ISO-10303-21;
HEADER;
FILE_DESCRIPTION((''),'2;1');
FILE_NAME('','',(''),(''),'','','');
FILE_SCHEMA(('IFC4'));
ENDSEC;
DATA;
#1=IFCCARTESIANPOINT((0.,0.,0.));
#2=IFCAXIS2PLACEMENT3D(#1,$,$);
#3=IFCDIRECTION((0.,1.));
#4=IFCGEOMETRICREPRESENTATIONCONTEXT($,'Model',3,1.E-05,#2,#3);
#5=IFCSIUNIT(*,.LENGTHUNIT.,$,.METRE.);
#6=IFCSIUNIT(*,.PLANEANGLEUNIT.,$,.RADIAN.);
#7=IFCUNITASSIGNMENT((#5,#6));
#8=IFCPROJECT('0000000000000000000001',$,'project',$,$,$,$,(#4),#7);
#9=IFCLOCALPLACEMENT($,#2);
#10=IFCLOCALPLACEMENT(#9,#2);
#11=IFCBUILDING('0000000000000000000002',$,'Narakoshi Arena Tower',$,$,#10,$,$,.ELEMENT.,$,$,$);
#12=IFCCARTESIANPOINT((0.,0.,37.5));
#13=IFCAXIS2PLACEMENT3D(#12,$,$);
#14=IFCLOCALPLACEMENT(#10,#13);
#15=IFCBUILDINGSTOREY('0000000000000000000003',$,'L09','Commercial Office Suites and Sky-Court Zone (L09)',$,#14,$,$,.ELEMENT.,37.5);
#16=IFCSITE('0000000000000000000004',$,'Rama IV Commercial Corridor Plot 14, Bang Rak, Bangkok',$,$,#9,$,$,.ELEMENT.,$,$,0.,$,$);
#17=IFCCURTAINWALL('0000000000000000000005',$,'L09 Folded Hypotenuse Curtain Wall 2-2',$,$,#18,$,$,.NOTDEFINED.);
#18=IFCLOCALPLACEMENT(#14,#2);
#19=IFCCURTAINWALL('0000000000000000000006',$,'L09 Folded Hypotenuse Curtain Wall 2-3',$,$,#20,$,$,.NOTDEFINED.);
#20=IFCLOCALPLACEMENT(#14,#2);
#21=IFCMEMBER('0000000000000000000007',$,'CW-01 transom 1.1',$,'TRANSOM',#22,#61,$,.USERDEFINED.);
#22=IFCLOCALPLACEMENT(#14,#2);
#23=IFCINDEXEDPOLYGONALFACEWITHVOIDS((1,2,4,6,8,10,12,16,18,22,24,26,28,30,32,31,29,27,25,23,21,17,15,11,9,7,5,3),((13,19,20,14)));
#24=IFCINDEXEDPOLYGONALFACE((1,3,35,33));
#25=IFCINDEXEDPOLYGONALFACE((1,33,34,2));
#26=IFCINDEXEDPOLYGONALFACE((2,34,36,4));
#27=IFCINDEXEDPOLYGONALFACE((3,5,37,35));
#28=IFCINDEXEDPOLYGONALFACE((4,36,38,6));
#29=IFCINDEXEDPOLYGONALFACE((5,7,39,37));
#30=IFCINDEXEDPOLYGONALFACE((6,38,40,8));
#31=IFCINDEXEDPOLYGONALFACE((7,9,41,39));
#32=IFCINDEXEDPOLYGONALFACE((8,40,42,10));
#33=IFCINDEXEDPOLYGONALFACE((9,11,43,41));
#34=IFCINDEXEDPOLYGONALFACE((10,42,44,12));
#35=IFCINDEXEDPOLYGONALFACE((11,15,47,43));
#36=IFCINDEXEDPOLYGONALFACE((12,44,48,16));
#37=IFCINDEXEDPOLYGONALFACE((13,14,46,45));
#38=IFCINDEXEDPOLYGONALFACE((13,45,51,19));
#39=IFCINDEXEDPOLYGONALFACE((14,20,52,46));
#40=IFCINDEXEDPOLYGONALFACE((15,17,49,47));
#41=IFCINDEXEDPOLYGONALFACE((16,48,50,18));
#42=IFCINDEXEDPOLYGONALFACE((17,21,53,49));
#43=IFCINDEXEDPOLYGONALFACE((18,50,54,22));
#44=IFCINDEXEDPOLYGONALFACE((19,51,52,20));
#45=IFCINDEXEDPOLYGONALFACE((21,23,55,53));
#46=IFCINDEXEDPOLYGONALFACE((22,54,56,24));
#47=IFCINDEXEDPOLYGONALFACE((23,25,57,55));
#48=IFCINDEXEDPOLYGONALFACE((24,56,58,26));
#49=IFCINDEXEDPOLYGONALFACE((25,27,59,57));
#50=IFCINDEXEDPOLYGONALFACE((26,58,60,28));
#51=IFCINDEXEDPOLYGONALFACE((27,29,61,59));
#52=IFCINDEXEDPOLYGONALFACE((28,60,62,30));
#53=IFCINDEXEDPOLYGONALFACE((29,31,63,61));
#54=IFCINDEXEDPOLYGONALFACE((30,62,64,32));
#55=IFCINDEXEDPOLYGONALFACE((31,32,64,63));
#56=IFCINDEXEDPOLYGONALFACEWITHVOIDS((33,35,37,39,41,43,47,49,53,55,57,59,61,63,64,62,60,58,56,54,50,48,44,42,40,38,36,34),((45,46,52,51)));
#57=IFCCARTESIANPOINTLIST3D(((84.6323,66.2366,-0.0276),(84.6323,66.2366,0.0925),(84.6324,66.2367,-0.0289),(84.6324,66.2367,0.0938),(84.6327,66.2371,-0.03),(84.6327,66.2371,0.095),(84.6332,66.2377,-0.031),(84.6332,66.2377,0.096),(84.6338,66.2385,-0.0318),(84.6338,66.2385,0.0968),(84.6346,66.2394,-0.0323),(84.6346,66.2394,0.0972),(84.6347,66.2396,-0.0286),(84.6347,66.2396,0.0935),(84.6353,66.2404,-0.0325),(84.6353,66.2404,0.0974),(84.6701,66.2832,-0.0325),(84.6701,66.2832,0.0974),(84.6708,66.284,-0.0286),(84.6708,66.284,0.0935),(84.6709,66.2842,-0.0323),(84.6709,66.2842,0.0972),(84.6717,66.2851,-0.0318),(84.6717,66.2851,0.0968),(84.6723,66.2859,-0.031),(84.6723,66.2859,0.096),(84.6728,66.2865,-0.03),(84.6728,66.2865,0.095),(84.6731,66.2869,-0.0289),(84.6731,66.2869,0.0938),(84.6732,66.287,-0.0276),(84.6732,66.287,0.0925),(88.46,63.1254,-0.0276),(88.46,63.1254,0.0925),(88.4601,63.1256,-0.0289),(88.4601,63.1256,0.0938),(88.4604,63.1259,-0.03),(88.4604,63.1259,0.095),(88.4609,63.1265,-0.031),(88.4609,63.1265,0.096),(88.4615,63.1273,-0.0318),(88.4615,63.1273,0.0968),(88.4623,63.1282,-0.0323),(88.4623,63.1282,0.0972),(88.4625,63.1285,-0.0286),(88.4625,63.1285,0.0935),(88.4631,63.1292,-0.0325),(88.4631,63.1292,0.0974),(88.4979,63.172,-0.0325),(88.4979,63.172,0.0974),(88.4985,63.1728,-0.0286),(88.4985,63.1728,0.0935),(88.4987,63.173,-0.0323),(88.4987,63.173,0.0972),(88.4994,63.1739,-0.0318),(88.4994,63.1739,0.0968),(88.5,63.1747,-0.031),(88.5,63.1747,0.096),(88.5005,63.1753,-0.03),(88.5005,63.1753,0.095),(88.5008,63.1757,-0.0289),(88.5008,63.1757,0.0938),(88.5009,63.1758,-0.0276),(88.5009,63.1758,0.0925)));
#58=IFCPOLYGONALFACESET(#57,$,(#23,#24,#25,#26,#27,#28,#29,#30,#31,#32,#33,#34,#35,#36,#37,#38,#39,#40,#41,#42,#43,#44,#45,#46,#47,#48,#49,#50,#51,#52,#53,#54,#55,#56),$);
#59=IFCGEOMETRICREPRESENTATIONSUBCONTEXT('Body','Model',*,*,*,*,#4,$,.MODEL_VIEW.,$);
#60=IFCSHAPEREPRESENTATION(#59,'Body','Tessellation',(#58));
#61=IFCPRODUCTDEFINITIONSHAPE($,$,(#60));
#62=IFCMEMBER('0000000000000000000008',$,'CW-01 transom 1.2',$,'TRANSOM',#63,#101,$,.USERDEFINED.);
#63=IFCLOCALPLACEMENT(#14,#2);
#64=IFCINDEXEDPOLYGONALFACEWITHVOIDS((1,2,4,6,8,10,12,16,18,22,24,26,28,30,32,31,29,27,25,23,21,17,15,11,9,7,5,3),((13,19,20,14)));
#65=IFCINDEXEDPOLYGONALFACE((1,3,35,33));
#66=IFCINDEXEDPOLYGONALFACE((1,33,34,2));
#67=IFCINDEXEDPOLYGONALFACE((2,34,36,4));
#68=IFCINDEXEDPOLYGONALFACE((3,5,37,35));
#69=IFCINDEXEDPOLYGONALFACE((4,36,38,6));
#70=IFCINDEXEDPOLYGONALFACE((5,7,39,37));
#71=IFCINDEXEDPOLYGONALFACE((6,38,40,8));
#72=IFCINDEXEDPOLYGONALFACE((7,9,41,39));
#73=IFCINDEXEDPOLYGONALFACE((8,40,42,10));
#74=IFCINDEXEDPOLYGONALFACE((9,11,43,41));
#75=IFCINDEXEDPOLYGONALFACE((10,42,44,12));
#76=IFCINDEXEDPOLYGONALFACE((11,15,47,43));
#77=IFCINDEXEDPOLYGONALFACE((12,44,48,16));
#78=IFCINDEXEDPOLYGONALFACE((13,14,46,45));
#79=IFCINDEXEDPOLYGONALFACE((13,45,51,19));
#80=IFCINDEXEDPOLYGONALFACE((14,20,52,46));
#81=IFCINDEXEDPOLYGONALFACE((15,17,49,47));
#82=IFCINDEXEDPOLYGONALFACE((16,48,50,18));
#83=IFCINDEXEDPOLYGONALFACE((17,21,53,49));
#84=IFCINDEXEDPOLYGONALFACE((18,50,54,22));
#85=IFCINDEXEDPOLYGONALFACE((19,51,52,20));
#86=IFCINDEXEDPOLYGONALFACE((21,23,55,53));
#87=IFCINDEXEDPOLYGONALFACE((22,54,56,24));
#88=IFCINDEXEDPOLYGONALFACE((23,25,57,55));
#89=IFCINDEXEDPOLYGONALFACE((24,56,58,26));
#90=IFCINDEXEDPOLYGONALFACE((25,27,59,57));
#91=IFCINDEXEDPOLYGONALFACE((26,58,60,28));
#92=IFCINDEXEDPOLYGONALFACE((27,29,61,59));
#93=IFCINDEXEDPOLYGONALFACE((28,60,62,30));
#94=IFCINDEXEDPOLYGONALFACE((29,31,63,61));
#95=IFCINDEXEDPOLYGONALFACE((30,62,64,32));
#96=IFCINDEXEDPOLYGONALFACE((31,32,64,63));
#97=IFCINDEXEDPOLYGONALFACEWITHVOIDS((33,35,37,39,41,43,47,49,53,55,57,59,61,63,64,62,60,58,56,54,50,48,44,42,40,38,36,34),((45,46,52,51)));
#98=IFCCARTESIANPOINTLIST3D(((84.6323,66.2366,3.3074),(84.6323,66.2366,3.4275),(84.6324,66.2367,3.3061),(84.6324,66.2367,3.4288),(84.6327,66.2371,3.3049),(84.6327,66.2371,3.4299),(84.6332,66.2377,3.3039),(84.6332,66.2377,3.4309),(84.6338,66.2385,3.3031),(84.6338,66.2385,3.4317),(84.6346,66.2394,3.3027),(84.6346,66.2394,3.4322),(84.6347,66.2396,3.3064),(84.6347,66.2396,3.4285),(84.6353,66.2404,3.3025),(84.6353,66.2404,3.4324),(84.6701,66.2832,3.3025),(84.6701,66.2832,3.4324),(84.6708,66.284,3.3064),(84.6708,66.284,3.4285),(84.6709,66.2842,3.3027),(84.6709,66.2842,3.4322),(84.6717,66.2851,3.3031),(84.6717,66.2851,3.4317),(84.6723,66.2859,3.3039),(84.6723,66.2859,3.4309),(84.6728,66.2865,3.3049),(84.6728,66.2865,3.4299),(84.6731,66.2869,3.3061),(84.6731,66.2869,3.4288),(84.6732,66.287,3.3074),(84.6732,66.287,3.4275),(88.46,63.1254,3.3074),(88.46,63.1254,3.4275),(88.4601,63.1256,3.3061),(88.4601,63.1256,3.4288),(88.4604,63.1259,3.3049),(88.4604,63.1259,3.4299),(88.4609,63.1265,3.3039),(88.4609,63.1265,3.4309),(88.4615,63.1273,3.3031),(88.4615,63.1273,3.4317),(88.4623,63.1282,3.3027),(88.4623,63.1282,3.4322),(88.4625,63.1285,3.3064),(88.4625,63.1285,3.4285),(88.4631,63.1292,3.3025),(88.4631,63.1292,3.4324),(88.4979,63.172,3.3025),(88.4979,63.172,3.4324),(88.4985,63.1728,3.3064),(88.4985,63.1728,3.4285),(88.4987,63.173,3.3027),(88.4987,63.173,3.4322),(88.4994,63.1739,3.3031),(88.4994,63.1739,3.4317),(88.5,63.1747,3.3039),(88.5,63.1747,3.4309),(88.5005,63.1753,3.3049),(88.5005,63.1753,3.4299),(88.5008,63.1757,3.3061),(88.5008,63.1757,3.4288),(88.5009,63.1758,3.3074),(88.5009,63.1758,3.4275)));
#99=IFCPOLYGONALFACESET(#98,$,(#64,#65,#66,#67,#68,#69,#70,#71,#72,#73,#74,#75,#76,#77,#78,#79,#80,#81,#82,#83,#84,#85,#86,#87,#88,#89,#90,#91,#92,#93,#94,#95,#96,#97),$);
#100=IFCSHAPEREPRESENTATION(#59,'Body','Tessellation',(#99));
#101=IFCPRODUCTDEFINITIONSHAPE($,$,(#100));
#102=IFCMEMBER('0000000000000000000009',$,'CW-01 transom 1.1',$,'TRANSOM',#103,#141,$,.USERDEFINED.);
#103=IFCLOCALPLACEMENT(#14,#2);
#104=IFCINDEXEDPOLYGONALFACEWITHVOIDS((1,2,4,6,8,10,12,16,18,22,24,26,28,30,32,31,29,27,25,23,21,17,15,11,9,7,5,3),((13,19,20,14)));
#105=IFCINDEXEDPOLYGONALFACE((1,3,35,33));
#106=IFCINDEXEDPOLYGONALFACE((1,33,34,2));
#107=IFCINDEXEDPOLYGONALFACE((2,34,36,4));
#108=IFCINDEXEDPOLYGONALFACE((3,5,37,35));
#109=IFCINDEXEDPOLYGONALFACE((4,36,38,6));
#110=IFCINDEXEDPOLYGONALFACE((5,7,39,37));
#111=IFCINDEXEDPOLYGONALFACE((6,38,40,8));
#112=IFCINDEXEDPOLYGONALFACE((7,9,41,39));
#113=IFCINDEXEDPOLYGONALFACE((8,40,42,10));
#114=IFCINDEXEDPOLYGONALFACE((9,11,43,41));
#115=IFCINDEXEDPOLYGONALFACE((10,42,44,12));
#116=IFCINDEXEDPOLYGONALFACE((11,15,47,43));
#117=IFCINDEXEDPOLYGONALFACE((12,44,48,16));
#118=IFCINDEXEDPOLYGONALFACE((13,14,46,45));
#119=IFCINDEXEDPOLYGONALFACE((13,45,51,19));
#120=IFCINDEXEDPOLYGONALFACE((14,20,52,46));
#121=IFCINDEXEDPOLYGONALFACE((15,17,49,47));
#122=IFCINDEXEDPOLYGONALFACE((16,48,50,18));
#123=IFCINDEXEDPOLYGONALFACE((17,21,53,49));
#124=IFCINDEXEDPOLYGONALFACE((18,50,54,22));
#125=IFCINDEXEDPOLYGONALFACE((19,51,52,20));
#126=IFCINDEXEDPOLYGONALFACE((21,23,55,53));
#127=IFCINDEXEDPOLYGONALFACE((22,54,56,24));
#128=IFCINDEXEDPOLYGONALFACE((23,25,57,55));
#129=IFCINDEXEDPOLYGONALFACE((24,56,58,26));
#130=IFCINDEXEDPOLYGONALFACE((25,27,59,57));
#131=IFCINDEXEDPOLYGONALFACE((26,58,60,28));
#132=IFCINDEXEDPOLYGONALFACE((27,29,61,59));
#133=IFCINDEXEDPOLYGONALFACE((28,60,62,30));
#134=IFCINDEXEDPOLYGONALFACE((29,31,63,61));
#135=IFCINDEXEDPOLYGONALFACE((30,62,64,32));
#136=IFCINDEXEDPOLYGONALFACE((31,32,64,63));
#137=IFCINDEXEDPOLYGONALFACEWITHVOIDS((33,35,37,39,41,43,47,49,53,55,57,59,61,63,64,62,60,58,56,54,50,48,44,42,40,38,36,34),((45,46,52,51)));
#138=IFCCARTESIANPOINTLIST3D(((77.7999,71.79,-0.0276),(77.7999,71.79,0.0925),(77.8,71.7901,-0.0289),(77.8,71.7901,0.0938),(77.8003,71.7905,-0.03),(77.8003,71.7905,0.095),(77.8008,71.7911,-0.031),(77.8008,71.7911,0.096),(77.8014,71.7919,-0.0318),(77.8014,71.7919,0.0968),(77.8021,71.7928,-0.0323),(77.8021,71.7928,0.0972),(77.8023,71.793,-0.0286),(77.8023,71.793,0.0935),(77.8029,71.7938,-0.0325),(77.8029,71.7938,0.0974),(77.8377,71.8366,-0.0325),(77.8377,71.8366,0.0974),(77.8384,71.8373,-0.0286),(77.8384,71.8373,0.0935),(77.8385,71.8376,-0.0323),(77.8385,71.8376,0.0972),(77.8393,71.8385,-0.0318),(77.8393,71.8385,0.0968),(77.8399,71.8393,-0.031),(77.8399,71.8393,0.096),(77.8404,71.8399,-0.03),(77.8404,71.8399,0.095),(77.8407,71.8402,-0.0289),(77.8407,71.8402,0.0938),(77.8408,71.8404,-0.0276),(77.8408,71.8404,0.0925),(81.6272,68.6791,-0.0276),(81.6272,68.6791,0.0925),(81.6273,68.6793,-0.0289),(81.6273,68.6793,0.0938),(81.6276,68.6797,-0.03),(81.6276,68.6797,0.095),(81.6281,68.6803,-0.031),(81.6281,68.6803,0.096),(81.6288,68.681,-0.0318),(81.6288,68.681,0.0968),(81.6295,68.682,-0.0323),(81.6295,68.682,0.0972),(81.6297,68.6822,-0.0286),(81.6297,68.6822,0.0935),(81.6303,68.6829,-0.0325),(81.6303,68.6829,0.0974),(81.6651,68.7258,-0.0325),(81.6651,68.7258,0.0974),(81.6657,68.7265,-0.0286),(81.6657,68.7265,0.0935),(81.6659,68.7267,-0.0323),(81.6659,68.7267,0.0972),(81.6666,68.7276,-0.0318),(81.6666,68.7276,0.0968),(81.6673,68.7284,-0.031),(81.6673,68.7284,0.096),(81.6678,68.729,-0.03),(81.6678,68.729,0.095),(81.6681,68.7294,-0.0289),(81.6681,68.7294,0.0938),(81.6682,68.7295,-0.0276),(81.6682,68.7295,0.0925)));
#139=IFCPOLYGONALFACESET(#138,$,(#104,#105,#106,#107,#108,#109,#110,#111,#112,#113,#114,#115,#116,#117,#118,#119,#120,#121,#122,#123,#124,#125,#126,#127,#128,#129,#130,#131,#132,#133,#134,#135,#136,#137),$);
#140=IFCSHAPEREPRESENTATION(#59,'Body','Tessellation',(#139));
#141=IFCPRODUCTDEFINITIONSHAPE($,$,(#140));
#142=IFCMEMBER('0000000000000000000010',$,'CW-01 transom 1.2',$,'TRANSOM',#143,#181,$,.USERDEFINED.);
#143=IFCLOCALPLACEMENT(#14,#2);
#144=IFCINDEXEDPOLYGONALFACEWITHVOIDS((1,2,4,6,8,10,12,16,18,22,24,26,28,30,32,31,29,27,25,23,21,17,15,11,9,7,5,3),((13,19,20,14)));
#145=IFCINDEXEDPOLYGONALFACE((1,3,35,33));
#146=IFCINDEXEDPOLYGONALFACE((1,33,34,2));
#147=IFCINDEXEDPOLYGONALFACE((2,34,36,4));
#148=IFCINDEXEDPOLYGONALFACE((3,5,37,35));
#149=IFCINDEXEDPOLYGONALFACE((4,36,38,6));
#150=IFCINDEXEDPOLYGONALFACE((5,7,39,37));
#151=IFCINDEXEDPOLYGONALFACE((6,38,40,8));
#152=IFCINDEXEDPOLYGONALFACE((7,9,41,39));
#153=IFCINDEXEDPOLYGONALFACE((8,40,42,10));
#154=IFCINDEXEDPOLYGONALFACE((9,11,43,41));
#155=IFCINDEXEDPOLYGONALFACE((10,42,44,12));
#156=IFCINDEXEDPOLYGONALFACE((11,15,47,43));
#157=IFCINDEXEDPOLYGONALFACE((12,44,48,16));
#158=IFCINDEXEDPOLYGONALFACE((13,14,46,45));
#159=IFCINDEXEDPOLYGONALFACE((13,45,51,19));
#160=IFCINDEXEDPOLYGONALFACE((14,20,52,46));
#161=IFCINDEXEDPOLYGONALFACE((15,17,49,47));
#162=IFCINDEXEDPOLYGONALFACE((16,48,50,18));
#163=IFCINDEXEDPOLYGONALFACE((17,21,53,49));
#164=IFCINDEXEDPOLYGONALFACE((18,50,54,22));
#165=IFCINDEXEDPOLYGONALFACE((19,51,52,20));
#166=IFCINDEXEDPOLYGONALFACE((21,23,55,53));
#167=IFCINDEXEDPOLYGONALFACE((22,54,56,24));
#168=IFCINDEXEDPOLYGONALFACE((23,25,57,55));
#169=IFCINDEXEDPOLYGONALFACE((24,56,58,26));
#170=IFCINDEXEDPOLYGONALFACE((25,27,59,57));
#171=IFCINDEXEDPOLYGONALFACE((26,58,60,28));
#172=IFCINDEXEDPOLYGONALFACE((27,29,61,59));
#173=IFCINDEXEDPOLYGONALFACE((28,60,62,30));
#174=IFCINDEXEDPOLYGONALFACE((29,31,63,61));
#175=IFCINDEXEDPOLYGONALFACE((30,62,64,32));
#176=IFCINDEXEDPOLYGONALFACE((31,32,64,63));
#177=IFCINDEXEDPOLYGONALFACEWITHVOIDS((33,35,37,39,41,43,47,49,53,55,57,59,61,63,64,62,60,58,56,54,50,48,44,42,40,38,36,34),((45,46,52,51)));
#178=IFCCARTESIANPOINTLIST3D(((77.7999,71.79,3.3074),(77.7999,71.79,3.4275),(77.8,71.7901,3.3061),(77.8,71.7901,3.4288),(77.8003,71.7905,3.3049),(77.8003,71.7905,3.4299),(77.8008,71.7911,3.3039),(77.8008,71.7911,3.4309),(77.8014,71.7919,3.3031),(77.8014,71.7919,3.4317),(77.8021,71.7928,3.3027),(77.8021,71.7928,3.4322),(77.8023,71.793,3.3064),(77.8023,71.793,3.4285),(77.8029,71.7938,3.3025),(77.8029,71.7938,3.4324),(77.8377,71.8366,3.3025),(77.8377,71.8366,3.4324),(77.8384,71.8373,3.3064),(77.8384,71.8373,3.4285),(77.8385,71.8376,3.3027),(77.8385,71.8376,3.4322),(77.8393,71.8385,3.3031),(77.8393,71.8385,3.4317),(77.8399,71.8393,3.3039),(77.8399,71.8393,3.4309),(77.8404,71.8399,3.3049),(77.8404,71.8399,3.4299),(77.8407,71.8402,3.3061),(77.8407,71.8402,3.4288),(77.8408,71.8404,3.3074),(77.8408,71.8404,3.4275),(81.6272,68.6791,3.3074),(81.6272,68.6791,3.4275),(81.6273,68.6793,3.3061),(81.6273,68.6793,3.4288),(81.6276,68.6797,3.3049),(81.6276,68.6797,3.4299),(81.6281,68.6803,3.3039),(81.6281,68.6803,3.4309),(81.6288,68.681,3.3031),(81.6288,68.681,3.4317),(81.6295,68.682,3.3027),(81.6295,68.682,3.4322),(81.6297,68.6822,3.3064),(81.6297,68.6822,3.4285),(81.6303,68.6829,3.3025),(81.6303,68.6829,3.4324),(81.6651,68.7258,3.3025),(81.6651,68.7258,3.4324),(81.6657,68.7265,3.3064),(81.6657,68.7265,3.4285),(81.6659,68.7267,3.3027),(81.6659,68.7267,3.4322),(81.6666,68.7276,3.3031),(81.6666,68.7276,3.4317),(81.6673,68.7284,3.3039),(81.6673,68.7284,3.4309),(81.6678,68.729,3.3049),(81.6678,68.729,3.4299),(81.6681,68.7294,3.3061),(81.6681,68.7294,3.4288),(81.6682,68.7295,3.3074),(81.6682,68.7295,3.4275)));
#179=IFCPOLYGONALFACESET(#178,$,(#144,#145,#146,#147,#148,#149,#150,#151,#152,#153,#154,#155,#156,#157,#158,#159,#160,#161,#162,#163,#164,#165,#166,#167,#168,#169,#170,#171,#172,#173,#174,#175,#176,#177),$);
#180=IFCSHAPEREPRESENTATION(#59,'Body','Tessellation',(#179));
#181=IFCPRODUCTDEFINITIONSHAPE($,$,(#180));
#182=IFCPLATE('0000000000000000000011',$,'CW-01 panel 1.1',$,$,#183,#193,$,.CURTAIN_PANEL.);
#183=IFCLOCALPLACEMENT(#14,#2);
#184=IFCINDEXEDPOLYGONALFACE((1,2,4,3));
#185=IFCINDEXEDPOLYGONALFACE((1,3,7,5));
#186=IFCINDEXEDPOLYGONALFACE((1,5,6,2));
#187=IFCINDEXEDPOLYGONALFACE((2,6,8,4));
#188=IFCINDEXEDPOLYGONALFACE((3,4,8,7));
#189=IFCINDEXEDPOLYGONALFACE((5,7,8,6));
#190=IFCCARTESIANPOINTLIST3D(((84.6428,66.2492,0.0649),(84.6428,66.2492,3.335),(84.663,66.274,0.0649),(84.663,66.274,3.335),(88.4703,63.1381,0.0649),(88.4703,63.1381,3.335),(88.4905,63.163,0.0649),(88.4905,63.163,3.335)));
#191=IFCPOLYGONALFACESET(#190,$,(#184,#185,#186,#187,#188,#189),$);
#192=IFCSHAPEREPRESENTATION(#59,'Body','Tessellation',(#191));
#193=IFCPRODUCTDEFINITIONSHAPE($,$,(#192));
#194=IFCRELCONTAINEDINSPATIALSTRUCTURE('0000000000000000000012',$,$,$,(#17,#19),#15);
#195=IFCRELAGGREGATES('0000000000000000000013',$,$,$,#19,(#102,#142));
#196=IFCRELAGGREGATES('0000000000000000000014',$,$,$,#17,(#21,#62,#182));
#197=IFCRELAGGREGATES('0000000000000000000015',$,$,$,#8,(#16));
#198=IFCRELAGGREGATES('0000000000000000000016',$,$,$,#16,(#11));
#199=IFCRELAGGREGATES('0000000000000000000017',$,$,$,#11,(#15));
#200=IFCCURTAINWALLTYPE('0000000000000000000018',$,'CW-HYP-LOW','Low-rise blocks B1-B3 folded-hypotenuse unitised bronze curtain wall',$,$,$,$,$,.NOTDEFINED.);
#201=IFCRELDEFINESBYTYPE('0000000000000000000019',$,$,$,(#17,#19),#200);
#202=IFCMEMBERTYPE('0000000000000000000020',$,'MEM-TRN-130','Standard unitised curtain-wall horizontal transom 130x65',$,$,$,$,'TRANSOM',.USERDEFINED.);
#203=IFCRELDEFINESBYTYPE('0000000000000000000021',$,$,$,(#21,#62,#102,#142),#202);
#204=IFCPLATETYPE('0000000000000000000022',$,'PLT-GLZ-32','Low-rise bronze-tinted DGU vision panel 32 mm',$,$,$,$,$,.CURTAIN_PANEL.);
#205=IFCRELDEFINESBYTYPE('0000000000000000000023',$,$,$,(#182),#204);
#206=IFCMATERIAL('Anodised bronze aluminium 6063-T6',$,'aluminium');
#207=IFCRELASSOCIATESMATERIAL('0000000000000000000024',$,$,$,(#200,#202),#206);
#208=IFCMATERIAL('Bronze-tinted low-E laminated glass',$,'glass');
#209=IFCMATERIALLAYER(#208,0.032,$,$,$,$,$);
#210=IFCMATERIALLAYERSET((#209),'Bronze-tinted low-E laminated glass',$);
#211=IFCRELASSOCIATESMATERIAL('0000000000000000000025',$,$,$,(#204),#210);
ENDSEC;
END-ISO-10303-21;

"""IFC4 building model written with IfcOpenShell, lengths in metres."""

from ifc_helpers import new_model, si_unit, direction, frame, origin, origin_2d, place, context, subcontext, project, spatial, rectangle, hollow_rectangle, extrude, material, layer, layer_set, material_profile, profile_set, type_object, element, aggregate, save


model = new_model("IFC4")

# Units and contexts
model_context = context("Model", 3, precision=1e-05, world=origin(), true_north=direction((0.0, 1.0)))
body_context = subcontext(model_context, "Body", "Model", "MODEL_VIEW")
ifc_project = project(units=[si_unit("LENGTHUNIT", "METRE"), si_unit("PLANEANGLEUNIT", "RADIAN")], contexts=[model_context])

# Site, building, storey
site_placement = place(None, origin())
site = spatial("IfcSite", under=ifc_project, at=site_placement, Name="Rama IV Commercial Corridor Plot 14, Bang Rak, Bangkok", CompositionType="ELEMENT", RefElevation=0.0)
building_placement = place(site_placement, origin())
building = spatial("IfcBuilding", under=site, at=building_placement, Name="Narakoshi Arena Tower", CompositionType="ELEMENT")
storey_placement = place(building_placement, frame((0.0, 0.0, 37.5)))
storey = spatial("IfcBuildingStorey", under=building, at=storey_placement, Name="L09", Description="Commercial Office Suites and Sky-Court Zone (L09)", CompositionType="ELEMENT", Elevation=37.5)

# Curtain wall
ifc_material_1 = material(Name="Anodised bronze aluminium 6063-T6", Category="aluminium")
curtain_wall_type = type_object("IfcCurtainWallType", Name="CW-HYP-LOW", Description="Low-rise blocks B1-B3 folded-hypotenuse unitised bronze curtain wall", PredefinedType="NOTDEFINED", material=ifc_material_1)
curtain_wall_1_placement = place(storey_placement, origin())
curtain_wall_1 = element("IfcCurtainWall", 1, at=curtain_wall_1_placement, inside=storey, type_object=curtain_wall_type, Name="L09 Folded Hypotenuse Curtain Wall 2-2", PredefinedType="NOTDEFINED")

# Curtain wall
curtain_wall_2_placement = place(storey_placement, origin())
curtain_wall_2 = element("IfcCurtainWall", 2, at=curtain_wall_2_placement, inside=storey, type_object=curtain_wall_type, Name="L09 Folded Hypotenuse Curtain Wall 2-3", PredefinedType="NOTDEFINED")

# Members
ifc_material_profile_1 = material_profile(ifc_material_1, hollow_rectangle(XDim=0.0649, YDim=0.1299, WallThickness=0.0039, OuterFilletRadius=0.0049, at=origin_2d()), Name="TRN130x65x4")
ifc_profile_set_1 = profile_set([ifc_material_profile_1], Name="Anodised bronze aluminium 6063-T6")
member_type_1 = type_object("IfcMemberType", Name="MEM-TRN-130", Description="Standard unitised curtain-wall horizontal transom 130x65", ElementType="TRANSOM", PredefinedType="USERDEFINED", material=ifc_profile_set_1)
member_1_placement = place(storey_placement, frame((88.4805, 63.1506, 0.0325), z_axis=(-0.776002, 0.630731, 0.0), x_axis=(-0.630731, -0.776002, 0.0)))
member_1 = element("IfcMember", 3, at=member_1_placement, type_object=member_type_1, Name="CW-01 transom 1.1", ObjectType="TRANSOM", PredefinedType="USERDEFINED", context=body_context, shape_type="SweptSolid", body=[
    extrude(hollow_rectangle(XDim=0.0649, YDim=0.1299, WallThickness=0.0039, OuterFilletRadius=0.0049, at=origin_2d()), origin(), (0.0, 0.0, 1.0), 4.9326),
])
member_2_placement = place(storey_placement, frame((88.4805, 63.1506, 3.3674), z_axis=(-0.776002, 0.630731, 0.0), x_axis=(-0.630731, -0.776002, 0.0)))
member_2 = element("IfcMember", 4, at=member_2_placement, type_object=member_type_1, Name="CW-01 transom 1.2", ObjectType="TRANSOM", PredefinedType="USERDEFINED", context=body_context, shape_type="SweptSolid", body=[
    extrude(hollow_rectangle(XDim=0.0649, YDim=0.1299, WallThickness=0.0039, OuterFilletRadius=0.0049, at=origin_2d()), origin(), (0.0, 0.0, 1.0), 4.9326),
])
member_3_placement = place(storey_placement, frame((81.6477, 68.7043, 0.0325), z_axis=(-0.776006, 0.630725, 0.0), x_axis=(-0.630725, -0.776006, 0.0)))
member_3 = element("IfcMember", 5, at=member_3_placement, type_object=member_type_1, Name="CW-01 transom 1.1", ObjectType="TRANSOM", PredefinedType="USERDEFINED", context=body_context, shape_type="SweptSolid", body=[
    extrude(hollow_rectangle(XDim=0.0649, YDim=0.1299, WallThickness=0.0039, OuterFilletRadius=0.0049, at=origin_2d()), origin(), (0.0, 0.0, 1.0), 4.9321),
])
member_4_placement = place(storey_placement, frame((81.6477, 68.7043, 3.3674), z_axis=(-0.776006, 0.630725, 0.0), x_axis=(-0.630725, -0.776006, 0.0)))
member_4 = element("IfcMember", 6, at=member_4_placement, type_object=member_type_1, Name="CW-01 transom 1.2", ObjectType="TRANSOM", PredefinedType="USERDEFINED", context=body_context, shape_type="SweptSolid", body=[
    extrude(hollow_rectangle(XDim=0.0649, YDim=0.1299, WallThickness=0.0039, OuterFilletRadius=0.0049, at=origin_2d()), origin(), (0.0, 0.0, 1.0), 4.9321),
])
aggregate(curtain_wall_2, [member_3, member_4])

# Plate
ifc_material_2 = material(Name="Bronze-tinted low-E laminated glass", Category="glass")
ifc_layer_1 = layer(ifc_material_2, 0.032)
ifc_layer_set_1 = layer_set([ifc_layer_1], Name="Bronze-tinted low-E laminated glass")
plate_type = type_object("IfcPlateType", Name="PLT-GLZ-32", Description="Low-rise bronze-tinted DGU vision panel 32 mm", PredefinedType="CURTAIN_PANEL", material=ifc_layer_set_1)
plate_placement = place(storey_placement, frame((86.5667, 64.7061, 0.0649), z_axis=(0.0, 0.0, 1.0), x_axis=(-0.775998, 0.630735, 0.0)))
plate = element("IfcPlate", 7, at=plate_placement, type_object=plate_type, Name="CW-01 panel 1.1", PredefinedType="CURTAIN_PANEL", context=body_context, shape_type="SweptSolid", body=[
    extrude(rectangle(XDim=4.9324, YDim=0.032, at=origin_2d()), origin(), (0.0, 0.0, 1.0), 3.27),
])
aggregate(curtain_wall_1, [member_1, member_2, plate])

save(model, "model.ifc")
